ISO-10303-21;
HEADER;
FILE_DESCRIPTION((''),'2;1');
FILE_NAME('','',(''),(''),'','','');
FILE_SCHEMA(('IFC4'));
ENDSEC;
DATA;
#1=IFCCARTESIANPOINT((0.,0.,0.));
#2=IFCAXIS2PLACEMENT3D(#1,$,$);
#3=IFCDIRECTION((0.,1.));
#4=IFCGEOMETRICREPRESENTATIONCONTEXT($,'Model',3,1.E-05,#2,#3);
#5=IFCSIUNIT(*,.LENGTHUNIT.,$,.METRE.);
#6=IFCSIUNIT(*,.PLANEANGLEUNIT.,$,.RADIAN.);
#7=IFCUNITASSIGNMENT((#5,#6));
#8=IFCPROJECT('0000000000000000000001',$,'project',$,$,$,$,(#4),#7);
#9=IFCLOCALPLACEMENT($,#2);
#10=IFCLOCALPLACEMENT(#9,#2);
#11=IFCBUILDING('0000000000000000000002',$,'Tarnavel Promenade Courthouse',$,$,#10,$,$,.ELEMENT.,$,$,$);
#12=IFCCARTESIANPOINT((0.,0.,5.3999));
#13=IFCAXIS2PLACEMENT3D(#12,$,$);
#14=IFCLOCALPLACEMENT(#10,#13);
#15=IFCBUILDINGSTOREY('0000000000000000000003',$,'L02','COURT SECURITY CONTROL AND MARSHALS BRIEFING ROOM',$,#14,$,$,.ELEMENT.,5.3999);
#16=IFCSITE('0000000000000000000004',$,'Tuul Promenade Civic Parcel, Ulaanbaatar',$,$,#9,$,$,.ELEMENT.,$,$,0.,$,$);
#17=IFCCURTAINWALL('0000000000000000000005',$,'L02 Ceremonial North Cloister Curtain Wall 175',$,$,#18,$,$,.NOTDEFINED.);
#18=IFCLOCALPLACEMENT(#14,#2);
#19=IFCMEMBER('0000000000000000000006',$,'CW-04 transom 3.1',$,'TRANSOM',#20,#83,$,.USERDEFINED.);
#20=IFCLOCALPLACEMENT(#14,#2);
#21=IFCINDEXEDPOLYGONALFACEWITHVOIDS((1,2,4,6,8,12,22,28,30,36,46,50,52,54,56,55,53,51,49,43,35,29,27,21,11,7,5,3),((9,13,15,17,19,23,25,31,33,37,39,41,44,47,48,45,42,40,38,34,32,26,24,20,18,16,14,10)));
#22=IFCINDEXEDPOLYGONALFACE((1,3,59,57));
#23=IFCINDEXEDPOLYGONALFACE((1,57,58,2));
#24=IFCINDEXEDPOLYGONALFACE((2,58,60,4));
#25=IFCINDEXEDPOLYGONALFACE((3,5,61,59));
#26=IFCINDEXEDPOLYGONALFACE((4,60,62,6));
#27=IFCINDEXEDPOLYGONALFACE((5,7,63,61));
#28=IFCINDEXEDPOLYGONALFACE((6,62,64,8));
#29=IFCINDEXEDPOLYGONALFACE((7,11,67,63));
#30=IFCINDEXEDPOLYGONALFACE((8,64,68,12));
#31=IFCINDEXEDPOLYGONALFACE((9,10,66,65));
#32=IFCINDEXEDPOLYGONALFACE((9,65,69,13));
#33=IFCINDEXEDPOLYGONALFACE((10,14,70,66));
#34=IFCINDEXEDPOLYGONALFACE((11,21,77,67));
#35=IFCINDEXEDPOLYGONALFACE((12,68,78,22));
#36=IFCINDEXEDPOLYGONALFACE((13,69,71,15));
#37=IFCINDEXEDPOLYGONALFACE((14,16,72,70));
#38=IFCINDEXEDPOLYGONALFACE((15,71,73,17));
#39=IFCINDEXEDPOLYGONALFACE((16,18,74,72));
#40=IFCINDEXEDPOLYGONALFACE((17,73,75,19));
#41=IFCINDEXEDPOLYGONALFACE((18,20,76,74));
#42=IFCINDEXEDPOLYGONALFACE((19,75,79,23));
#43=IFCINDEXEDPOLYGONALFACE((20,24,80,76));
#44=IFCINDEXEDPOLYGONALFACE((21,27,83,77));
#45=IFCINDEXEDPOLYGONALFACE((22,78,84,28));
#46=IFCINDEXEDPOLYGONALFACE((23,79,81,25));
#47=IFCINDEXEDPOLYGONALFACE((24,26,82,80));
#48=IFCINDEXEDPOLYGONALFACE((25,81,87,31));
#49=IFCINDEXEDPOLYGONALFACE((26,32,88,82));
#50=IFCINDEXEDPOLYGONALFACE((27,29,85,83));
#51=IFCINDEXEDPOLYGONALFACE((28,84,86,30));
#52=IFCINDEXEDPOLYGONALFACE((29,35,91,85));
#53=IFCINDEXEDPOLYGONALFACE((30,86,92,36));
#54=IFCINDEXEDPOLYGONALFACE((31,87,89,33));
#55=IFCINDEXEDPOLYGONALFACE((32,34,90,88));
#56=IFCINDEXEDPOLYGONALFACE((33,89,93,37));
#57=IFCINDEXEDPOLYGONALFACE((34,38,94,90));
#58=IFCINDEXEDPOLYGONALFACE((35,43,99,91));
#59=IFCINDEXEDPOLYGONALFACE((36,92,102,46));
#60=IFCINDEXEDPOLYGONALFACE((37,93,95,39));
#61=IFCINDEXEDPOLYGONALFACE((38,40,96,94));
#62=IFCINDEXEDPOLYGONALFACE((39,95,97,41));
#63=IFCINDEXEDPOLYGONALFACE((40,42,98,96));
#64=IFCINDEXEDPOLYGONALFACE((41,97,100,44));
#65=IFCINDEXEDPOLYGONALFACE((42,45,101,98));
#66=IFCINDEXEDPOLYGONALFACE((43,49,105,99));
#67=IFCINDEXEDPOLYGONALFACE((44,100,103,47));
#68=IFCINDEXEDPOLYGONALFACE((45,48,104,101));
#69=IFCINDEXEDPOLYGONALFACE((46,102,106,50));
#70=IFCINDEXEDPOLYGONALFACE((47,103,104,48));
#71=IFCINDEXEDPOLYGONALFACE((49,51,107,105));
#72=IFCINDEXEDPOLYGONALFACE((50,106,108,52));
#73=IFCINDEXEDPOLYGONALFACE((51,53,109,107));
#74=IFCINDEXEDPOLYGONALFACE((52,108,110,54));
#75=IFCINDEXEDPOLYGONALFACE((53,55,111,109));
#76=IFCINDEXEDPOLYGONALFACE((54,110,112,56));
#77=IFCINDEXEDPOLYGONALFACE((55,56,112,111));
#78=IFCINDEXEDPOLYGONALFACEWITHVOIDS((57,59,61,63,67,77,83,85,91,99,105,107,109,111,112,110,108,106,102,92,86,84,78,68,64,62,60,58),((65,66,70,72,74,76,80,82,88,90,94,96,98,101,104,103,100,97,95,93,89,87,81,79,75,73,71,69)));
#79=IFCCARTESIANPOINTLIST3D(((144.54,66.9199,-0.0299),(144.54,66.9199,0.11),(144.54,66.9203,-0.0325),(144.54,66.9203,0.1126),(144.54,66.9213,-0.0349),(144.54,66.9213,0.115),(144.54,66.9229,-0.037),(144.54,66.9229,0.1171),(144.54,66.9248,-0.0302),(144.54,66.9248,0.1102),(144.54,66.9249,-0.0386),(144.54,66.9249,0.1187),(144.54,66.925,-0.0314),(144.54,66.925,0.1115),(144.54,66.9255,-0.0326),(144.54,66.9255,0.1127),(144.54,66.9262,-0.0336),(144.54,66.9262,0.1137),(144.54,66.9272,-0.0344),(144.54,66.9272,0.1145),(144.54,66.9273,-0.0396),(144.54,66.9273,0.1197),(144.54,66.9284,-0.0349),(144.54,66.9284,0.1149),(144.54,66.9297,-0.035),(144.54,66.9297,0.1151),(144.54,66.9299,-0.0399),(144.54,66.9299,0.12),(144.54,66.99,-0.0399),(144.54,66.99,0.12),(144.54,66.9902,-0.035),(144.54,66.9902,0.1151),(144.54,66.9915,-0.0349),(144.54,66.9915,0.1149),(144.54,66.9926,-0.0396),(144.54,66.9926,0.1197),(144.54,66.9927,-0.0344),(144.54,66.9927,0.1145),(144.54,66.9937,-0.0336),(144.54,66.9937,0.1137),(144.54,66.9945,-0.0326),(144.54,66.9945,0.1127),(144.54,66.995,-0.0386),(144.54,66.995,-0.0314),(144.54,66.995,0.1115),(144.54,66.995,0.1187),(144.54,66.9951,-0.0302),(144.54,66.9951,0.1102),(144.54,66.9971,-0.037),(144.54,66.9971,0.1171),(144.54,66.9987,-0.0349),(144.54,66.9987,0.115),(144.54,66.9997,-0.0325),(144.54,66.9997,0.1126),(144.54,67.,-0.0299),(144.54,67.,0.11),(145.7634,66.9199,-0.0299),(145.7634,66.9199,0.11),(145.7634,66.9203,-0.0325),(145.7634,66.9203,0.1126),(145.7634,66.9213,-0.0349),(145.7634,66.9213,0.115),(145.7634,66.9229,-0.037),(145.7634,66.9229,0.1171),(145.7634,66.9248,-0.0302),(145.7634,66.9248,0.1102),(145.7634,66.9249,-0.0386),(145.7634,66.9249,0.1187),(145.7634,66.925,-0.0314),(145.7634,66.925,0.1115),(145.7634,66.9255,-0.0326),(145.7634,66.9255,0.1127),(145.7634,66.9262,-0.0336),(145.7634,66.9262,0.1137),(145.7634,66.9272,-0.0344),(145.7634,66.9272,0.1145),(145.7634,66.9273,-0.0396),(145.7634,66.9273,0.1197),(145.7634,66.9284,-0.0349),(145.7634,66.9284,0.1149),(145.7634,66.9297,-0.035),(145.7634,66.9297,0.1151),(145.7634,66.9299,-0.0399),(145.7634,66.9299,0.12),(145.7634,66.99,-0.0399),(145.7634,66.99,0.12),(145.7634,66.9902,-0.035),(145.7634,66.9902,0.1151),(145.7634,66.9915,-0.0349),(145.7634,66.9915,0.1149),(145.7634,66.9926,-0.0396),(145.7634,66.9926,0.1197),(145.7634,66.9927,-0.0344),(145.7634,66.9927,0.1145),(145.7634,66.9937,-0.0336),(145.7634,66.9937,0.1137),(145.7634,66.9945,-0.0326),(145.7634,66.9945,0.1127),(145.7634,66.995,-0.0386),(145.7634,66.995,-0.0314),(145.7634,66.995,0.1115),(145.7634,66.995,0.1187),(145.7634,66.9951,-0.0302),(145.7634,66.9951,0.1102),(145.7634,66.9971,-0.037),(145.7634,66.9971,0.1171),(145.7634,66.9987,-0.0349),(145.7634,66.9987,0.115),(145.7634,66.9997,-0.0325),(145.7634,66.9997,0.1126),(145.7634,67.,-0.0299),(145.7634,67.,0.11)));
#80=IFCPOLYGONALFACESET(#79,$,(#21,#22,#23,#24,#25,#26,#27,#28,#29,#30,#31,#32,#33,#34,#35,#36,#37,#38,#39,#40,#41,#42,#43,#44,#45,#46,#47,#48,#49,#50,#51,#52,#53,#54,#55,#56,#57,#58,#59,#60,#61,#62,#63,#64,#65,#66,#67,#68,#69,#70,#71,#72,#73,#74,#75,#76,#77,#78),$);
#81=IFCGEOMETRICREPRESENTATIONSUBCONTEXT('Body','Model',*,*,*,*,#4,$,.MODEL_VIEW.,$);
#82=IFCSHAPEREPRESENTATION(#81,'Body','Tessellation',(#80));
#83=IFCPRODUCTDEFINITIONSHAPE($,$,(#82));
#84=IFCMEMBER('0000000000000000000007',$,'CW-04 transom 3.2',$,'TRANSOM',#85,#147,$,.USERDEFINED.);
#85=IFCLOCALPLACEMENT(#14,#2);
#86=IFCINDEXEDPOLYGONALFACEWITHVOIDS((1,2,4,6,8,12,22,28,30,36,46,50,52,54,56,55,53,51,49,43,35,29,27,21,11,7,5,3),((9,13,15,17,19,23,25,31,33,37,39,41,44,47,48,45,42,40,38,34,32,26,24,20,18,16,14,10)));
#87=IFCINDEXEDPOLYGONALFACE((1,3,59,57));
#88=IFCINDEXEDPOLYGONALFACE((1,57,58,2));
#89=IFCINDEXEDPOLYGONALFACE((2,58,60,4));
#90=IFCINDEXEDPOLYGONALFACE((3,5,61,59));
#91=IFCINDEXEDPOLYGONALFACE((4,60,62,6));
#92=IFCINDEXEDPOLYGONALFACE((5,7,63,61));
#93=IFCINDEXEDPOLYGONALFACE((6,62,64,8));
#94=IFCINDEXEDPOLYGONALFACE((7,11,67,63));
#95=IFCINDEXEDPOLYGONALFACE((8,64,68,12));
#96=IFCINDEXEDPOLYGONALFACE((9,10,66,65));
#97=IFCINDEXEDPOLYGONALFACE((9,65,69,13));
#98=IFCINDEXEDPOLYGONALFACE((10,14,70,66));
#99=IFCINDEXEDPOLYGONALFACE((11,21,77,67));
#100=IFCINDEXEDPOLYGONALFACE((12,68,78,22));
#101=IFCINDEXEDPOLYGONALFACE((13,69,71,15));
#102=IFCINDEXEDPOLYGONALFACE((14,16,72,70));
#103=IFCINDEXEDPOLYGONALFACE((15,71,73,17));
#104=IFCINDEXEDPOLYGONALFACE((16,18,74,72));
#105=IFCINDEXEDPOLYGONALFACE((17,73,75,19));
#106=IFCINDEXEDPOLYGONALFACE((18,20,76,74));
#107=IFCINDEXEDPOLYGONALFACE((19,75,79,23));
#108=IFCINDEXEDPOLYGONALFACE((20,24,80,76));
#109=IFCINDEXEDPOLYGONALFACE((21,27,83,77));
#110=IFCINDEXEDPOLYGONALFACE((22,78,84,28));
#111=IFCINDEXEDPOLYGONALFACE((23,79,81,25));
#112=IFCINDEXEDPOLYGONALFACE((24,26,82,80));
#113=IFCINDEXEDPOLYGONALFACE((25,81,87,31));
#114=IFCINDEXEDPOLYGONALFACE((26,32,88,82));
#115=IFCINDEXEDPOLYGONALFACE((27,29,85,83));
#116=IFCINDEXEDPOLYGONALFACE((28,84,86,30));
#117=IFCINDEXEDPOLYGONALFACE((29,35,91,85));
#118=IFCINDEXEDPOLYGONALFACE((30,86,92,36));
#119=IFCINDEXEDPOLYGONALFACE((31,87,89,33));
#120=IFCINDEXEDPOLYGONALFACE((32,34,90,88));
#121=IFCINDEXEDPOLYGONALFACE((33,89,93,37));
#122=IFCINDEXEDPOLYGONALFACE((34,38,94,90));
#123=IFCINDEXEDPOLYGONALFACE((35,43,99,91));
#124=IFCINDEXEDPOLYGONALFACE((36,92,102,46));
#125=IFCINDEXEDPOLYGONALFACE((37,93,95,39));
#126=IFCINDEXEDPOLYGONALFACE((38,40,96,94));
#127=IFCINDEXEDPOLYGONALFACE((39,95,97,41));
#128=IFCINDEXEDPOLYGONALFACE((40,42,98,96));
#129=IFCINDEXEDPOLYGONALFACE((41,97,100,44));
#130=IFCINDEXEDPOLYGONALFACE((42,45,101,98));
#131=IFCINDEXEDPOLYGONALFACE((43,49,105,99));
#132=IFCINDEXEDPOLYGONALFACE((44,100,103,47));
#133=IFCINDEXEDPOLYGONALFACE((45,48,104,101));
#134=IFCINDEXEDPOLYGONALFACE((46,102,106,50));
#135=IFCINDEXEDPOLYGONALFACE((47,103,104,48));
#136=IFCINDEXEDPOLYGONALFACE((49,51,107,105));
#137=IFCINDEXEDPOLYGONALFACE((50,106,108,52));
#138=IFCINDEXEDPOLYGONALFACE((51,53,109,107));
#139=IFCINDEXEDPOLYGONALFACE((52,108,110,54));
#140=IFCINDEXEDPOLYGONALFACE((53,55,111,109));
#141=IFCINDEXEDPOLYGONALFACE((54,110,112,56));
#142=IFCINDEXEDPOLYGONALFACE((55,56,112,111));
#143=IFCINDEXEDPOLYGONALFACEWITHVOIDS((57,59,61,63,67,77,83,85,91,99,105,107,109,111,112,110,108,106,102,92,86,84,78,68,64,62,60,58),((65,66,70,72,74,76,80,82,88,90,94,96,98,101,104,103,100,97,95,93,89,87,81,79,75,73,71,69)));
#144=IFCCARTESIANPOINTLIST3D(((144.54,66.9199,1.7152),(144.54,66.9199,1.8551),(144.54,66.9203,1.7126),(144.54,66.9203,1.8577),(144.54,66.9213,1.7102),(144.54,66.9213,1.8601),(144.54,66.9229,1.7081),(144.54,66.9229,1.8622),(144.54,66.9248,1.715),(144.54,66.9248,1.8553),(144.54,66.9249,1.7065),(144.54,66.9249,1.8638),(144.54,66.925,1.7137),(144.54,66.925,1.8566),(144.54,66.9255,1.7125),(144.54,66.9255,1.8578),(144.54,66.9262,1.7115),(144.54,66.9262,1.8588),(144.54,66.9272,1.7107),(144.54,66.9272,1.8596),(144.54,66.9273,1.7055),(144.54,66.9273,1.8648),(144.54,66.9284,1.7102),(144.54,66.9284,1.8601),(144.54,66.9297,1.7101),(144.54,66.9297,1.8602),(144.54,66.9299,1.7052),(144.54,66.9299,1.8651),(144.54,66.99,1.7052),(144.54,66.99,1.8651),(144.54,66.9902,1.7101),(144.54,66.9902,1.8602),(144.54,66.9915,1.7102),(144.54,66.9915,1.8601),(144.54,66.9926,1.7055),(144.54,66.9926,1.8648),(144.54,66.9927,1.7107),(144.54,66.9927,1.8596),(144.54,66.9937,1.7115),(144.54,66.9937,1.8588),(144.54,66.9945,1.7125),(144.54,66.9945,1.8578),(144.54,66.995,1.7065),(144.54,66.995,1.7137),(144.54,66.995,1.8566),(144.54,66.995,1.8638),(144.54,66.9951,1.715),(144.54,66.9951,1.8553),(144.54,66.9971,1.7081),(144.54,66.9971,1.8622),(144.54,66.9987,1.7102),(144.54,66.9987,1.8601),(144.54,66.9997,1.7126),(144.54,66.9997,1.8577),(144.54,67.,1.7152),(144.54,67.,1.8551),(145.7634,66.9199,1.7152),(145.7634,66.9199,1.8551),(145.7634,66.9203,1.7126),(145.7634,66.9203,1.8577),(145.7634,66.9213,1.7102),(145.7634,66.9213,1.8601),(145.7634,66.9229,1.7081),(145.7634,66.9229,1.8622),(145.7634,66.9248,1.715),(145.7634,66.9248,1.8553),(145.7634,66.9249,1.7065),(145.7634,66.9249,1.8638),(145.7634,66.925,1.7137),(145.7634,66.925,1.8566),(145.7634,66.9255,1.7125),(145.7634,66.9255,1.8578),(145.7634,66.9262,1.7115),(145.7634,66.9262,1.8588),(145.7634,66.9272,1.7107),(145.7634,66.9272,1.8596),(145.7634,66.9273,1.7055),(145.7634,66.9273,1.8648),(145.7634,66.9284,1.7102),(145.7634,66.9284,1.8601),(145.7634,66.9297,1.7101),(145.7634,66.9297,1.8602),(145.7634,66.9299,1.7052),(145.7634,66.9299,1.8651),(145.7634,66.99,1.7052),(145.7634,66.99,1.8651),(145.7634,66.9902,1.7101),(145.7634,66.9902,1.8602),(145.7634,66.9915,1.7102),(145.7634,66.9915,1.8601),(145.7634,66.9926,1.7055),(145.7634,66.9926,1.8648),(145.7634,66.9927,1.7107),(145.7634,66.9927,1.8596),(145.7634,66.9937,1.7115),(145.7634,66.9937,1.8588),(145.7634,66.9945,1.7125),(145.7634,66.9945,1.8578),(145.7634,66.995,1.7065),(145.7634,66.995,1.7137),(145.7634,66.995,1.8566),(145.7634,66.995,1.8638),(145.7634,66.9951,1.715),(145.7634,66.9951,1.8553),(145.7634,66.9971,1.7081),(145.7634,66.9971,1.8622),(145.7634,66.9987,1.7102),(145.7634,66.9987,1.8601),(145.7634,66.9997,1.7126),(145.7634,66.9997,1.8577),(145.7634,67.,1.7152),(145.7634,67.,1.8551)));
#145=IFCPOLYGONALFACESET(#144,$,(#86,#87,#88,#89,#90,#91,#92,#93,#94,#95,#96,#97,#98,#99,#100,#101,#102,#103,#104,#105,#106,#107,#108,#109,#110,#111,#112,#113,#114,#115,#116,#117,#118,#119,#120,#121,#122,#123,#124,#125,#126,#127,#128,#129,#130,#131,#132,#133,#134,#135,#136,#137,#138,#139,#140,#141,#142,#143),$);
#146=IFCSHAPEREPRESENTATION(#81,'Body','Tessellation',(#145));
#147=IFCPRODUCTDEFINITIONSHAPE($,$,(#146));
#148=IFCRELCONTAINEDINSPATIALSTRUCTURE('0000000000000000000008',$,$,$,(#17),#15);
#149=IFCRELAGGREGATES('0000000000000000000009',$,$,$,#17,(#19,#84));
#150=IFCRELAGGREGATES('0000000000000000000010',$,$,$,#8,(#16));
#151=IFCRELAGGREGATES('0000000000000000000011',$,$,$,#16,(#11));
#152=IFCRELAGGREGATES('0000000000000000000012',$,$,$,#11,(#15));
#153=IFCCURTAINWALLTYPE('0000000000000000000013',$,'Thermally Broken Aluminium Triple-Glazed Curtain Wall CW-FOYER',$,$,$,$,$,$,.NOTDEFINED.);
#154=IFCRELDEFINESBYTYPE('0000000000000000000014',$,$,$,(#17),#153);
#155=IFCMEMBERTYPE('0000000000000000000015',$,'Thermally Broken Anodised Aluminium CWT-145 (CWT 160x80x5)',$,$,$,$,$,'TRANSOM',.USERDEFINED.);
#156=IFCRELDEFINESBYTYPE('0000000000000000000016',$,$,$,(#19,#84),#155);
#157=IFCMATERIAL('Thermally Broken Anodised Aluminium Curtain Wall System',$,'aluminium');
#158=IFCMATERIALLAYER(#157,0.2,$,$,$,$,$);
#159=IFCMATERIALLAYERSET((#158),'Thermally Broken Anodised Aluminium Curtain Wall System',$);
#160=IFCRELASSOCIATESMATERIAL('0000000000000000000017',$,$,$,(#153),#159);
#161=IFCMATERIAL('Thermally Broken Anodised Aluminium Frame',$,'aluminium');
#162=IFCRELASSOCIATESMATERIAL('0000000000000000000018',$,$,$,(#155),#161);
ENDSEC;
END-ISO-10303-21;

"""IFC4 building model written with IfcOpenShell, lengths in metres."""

from ifc_helpers import new_model, si_unit, direction, frame, origin, origin_2d, place, context, subcontext, project, spatial, hollow_rectangle, extrude, material, layer, layer_set, material_profile, profile_set, type_object, element, aggregate, save


model = new_model("IFC4")

# Units and contexts
model_context = context("Model", 3, precision=1e-05, world=origin(), true_north=direction((0.0, 1.0)))
body_context = subcontext(model_context, "Body", "Model", "MODEL_VIEW")
ifc_project = project(units=[si_unit("LENGTHUNIT", "METRE"), si_unit("PLANEANGLEUNIT", "RADIAN")], contexts=[model_context])

# Site, building, storey
site_placement = place(None, origin())
site = spatial("IfcSite", under=ifc_project, at=site_placement, Name="Tuul Promenade Civic Parcel, Ulaanbaatar", CompositionType="ELEMENT", RefElevation=0.0)
building_placement = place(site_placement, origin())
building = spatial("IfcBuilding", under=site, at=building_placement, Name="Tarnavel Promenade Courthouse", CompositionType="ELEMENT")
storey_placement = place(building_placement, frame((0.0, 0.0, 5.3999)))
storey = spatial("IfcBuildingStorey", under=building, at=storey_placement, Name="L02", Description="COURT SECURITY CONTROL AND MARSHALS BRIEFING ROOM", CompositionType="ELEMENT", Elevation=5.3999)

# Curtain wall
ifc_material_1 = material(Name="Thermally Broken Anodised Aluminium Curtain Wall System", Category="aluminium")
ifc_layer_1 = layer(ifc_material_1, 0.2)
ifc_layer_set_1 = layer_set([ifc_layer_1], Name="Thermally Broken Anodised Aluminium Curtain Wall System")
curtain_wall_type = type_object("IfcCurtainWallType", Name="Thermally Broken Aluminium Triple-Glazed Curtain Wall CW-FOYER", PredefinedType="NOTDEFINED", material=ifc_layer_set_1)
ifc_material_2 = material(Name="Thermally Broken Anodised Aluminium Frame", Category="aluminium")
curtain_wall_1_placement = place(storey_placement, origin())
curtain_wall_1 = element("IfcCurtainWall", 1, at=curtain_wall_1_placement, inside=storey, type_object=curtain_wall_type, Name="L02 Ceremonial North Cloister Curtain Wall 175", PredefinedType="NOTDEFINED")

# Members
ifc_material_profile_1 = material_profile(ifc_material_2, hollow_rectangle(XDim=0.0801, YDim=0.1599, WallThickness=0.0049, InnerFilletRadius=0.0049, OuterFilletRadius=0.01, at=origin_2d()), Name="CWT 160x80x5")
ifc_profile_set_1 = profile_set([ifc_material_profile_1], Name="Thermally Broken Anodised Aluminium Frame")
member_type_1 = type_object("IfcMemberType", Name="Thermally Broken Anodised Aluminium CWT-145 (CWT 160x80x5)", ElementType="TRANSOM", PredefinedType="USERDEFINED", material=ifc_profile_set_1)
member_1_placement = place(storey_placement, frame((145.7634, 66.96, 0.04), z_axis=(-1.0, 0.0, 0.0), x_axis=(0.0, -1.0, 0.0)))
member_1 = element("IfcMember", 2, at=member_1_placement, type_object=member_type_1, Name="CW-04 transom 3.1", ObjectType="TRANSOM", PredefinedType="USERDEFINED", context=body_context, shape_type="SweptSolid", body=[
    extrude(hollow_rectangle(XDim=0.0801, YDim=0.1599, WallThickness=0.0049, InnerFilletRadius=0.0049, OuterFilletRadius=0.01, at=origin_2d()), origin(), (0.0, 0.0, 1.0), 1.2234),
])
member_2_placement = place(storey_placement, frame((145.7634, 66.96, 1.7852), z_axis=(-1.0, 0.0, 0.0), x_axis=(0.0, -1.0, 0.0)))
member_2 = element("IfcMember", 3, at=member_2_placement, type_object=member_type_1, Name="CW-04 transom 3.2", ObjectType="TRANSOM", PredefinedType="USERDEFINED", context=body_context, shape_type="SweptSolid", body=[
    extrude(hollow_rectangle(XDim=0.0801, YDim=0.1599, WallThickness=0.0049, InnerFilletRadius=0.0049, OuterFilletRadius=0.01, at=origin_2d()), origin(), (0.0, 0.0, 1.0), 1.2234),
])

aggregate(curtain_wall_1, [member_1, member_2])

save(model, "model.ifc")
